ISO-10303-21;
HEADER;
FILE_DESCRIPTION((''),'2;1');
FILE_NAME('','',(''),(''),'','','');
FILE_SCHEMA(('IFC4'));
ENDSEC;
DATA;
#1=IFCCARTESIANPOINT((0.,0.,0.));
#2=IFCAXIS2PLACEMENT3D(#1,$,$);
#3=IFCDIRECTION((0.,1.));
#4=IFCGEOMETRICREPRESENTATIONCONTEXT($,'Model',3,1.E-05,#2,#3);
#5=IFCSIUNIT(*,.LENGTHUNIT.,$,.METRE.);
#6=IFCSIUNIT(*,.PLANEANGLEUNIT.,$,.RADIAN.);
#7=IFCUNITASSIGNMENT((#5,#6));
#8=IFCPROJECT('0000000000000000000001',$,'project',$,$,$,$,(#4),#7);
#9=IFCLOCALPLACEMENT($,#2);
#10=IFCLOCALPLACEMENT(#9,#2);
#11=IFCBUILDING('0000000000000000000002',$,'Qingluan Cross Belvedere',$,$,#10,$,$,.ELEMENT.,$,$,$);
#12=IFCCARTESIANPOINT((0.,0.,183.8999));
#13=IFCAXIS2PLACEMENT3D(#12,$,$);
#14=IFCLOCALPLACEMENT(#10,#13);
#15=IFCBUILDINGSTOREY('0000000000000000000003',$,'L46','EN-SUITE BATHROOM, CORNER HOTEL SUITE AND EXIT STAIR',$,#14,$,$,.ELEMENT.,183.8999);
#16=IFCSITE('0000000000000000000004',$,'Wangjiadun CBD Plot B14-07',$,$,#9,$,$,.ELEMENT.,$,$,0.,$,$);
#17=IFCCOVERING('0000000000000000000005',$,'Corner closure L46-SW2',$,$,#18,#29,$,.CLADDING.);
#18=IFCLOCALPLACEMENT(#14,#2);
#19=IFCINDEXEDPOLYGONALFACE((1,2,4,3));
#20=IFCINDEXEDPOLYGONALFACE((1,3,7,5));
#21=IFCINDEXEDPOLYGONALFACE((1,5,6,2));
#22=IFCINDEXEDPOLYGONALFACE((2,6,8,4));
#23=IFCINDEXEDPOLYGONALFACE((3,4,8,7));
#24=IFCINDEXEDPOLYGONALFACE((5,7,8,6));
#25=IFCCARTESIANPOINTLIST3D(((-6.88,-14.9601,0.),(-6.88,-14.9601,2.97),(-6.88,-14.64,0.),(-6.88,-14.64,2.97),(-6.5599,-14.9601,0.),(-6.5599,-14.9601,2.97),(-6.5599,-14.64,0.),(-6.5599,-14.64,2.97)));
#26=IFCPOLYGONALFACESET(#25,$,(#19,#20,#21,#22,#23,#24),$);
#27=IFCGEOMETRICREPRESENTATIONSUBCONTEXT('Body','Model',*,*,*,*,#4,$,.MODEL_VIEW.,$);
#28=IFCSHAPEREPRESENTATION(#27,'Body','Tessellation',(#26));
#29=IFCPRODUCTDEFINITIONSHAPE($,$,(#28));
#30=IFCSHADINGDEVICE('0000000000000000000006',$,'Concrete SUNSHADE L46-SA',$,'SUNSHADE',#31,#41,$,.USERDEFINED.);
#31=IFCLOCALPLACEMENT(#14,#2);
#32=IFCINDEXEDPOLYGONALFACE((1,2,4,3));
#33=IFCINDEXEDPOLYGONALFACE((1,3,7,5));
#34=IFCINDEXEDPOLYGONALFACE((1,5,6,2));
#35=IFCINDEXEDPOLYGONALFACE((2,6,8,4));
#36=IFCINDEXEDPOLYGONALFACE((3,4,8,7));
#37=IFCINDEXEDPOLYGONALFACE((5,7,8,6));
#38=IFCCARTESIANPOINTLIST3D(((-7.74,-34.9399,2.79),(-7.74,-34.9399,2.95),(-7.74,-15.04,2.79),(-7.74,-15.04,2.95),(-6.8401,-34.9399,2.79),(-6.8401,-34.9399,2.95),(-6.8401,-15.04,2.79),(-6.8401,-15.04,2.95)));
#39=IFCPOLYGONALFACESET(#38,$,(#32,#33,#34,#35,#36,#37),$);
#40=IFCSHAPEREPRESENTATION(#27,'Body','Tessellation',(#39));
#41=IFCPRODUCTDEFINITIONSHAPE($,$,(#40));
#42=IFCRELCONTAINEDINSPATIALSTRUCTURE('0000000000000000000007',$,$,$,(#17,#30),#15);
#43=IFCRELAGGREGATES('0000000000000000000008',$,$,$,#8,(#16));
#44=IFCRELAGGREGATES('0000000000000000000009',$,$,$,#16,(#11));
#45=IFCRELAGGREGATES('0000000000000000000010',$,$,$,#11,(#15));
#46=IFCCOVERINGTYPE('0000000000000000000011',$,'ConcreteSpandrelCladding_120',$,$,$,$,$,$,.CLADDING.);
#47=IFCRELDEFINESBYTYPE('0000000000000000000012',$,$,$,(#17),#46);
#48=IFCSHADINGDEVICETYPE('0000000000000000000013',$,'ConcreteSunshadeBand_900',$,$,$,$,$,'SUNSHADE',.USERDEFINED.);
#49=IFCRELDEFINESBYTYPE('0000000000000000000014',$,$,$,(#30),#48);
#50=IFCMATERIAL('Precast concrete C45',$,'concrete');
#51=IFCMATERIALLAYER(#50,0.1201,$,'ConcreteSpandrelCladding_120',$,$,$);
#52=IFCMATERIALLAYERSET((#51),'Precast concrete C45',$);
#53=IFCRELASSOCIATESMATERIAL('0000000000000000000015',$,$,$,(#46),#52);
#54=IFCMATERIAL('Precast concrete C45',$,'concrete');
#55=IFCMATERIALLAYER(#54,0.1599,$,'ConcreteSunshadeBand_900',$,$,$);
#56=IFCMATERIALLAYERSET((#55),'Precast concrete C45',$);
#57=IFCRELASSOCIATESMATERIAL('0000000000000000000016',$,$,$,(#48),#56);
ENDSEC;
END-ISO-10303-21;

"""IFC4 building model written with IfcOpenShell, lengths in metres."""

from ifc_helpers import new_model, si_unit, direction, frame, origin, origin_2d, place, context, subcontext, project, spatial, rectangle, extrude, material, layer, layer_set, type_object, element, save


model = new_model("IFC4")

# Units and contexts
model_context = context("Model", 3, precision=1e-05, world=origin(), true_north=direction((0.0, 1.0)))
body_context = subcontext(model_context, "Body", "Model", "MODEL_VIEW")
ifc_project = project(units=[si_unit("LENGTHUNIT", "METRE"), si_unit("PLANEANGLEUNIT", "RADIAN")], contexts=[model_context])

# Site, building, storey
site_placement = place(None, origin())
site = spatial("IfcSite", under=ifc_project, at=site_placement, Name="Wangjiadun CBD Plot B14-07", CompositionType="ELEMENT", RefElevation=0.0)
building_placement = place(site_placement, origin())
building = spatial("IfcBuilding", under=site, at=building_placement, Name="Qingluan Cross Belvedere", CompositionType="ELEMENT")
storey_placement = place(building_placement, frame((0.0, 0.0, 183.8999)))
storey = spatial("IfcBuildingStorey", under=building, at=storey_placement, Name="L46", Description="EN-SUITE BATHROOM, CORNER HOTEL SUITE AND EXIT STAIR", CompositionType="ELEMENT", Elevation=183.8999)

# Covering
ifc_material_1 = material(Name="Precast concrete C45", Category="concrete")
ifc_layer_1 = layer(ifc_material_1, 0.1201, Name="ConcreteSpandrelCladding_120")
ifc_layer_set_1 = layer_set([ifc_layer_1], Name="Precast concrete C45")
covering_type = type_object("IfcCoveringType", Name="ConcreteSpandrelCladding_120", PredefinedType="CLADDING", material=ifc_layer_set_1)
covering_placement = place(storey_placement, frame((-6.72, -14.8, 0.0), z_axis=(0.0, 0.0, 1.0), x_axis=(1.0, 0.0, 0.0)))
element("IfcCovering", 1, at=covering_placement, inside=storey, type_object=covering_type, Name="Corner closure L46-SW2", PredefinedType="CLADDING", context=body_context, shape_type="SweptSolid", body=[
    extrude(rectangle(XDim=0.3201, YDim=0.3201, at=origin_2d()), origin(), (0.0, 0.0, 1.0), 2.97),
])

# Shading device
ifc_material_2 = material(Name="Precast concrete C45", Category="concrete")
ifc_layer_2 = layer(ifc_material_2, 0.1599, Name="ConcreteSunshadeBand_900")
ifc_layer_set_2 = layer_set([ifc_layer_2], Name="Precast concrete C45")
shading_device_type = type_object("IfcShadingDeviceType", Name="ConcreteSunshadeBand_900", ElementType="SUNSHADE", PredefinedType="USERDEFINED", material=ifc_layer_set_2)
shading_device_placement = place(storey_placement, frame((-7.29, -24.99, 2.79), z_axis=(0.0, 0.0, 1.0), x_axis=(0.0, -1.0, 0.0)))
element("IfcShadingDevice", 2, at=shading_device_placement, inside=storey, type_object=shading_device_type, Name="Concrete SUNSHADE L46-SA", ObjectType="SUNSHADE", PredefinedType="USERDEFINED", context=body_context, shape_type="SweptSolid", body=[
    extrude(rectangle(XDim=19.8999, YDim=0.8999, at=origin_2d()), origin(), (0.0, 0.0, 1.0), 0.1599),
])

save(model, "model.ifc")
